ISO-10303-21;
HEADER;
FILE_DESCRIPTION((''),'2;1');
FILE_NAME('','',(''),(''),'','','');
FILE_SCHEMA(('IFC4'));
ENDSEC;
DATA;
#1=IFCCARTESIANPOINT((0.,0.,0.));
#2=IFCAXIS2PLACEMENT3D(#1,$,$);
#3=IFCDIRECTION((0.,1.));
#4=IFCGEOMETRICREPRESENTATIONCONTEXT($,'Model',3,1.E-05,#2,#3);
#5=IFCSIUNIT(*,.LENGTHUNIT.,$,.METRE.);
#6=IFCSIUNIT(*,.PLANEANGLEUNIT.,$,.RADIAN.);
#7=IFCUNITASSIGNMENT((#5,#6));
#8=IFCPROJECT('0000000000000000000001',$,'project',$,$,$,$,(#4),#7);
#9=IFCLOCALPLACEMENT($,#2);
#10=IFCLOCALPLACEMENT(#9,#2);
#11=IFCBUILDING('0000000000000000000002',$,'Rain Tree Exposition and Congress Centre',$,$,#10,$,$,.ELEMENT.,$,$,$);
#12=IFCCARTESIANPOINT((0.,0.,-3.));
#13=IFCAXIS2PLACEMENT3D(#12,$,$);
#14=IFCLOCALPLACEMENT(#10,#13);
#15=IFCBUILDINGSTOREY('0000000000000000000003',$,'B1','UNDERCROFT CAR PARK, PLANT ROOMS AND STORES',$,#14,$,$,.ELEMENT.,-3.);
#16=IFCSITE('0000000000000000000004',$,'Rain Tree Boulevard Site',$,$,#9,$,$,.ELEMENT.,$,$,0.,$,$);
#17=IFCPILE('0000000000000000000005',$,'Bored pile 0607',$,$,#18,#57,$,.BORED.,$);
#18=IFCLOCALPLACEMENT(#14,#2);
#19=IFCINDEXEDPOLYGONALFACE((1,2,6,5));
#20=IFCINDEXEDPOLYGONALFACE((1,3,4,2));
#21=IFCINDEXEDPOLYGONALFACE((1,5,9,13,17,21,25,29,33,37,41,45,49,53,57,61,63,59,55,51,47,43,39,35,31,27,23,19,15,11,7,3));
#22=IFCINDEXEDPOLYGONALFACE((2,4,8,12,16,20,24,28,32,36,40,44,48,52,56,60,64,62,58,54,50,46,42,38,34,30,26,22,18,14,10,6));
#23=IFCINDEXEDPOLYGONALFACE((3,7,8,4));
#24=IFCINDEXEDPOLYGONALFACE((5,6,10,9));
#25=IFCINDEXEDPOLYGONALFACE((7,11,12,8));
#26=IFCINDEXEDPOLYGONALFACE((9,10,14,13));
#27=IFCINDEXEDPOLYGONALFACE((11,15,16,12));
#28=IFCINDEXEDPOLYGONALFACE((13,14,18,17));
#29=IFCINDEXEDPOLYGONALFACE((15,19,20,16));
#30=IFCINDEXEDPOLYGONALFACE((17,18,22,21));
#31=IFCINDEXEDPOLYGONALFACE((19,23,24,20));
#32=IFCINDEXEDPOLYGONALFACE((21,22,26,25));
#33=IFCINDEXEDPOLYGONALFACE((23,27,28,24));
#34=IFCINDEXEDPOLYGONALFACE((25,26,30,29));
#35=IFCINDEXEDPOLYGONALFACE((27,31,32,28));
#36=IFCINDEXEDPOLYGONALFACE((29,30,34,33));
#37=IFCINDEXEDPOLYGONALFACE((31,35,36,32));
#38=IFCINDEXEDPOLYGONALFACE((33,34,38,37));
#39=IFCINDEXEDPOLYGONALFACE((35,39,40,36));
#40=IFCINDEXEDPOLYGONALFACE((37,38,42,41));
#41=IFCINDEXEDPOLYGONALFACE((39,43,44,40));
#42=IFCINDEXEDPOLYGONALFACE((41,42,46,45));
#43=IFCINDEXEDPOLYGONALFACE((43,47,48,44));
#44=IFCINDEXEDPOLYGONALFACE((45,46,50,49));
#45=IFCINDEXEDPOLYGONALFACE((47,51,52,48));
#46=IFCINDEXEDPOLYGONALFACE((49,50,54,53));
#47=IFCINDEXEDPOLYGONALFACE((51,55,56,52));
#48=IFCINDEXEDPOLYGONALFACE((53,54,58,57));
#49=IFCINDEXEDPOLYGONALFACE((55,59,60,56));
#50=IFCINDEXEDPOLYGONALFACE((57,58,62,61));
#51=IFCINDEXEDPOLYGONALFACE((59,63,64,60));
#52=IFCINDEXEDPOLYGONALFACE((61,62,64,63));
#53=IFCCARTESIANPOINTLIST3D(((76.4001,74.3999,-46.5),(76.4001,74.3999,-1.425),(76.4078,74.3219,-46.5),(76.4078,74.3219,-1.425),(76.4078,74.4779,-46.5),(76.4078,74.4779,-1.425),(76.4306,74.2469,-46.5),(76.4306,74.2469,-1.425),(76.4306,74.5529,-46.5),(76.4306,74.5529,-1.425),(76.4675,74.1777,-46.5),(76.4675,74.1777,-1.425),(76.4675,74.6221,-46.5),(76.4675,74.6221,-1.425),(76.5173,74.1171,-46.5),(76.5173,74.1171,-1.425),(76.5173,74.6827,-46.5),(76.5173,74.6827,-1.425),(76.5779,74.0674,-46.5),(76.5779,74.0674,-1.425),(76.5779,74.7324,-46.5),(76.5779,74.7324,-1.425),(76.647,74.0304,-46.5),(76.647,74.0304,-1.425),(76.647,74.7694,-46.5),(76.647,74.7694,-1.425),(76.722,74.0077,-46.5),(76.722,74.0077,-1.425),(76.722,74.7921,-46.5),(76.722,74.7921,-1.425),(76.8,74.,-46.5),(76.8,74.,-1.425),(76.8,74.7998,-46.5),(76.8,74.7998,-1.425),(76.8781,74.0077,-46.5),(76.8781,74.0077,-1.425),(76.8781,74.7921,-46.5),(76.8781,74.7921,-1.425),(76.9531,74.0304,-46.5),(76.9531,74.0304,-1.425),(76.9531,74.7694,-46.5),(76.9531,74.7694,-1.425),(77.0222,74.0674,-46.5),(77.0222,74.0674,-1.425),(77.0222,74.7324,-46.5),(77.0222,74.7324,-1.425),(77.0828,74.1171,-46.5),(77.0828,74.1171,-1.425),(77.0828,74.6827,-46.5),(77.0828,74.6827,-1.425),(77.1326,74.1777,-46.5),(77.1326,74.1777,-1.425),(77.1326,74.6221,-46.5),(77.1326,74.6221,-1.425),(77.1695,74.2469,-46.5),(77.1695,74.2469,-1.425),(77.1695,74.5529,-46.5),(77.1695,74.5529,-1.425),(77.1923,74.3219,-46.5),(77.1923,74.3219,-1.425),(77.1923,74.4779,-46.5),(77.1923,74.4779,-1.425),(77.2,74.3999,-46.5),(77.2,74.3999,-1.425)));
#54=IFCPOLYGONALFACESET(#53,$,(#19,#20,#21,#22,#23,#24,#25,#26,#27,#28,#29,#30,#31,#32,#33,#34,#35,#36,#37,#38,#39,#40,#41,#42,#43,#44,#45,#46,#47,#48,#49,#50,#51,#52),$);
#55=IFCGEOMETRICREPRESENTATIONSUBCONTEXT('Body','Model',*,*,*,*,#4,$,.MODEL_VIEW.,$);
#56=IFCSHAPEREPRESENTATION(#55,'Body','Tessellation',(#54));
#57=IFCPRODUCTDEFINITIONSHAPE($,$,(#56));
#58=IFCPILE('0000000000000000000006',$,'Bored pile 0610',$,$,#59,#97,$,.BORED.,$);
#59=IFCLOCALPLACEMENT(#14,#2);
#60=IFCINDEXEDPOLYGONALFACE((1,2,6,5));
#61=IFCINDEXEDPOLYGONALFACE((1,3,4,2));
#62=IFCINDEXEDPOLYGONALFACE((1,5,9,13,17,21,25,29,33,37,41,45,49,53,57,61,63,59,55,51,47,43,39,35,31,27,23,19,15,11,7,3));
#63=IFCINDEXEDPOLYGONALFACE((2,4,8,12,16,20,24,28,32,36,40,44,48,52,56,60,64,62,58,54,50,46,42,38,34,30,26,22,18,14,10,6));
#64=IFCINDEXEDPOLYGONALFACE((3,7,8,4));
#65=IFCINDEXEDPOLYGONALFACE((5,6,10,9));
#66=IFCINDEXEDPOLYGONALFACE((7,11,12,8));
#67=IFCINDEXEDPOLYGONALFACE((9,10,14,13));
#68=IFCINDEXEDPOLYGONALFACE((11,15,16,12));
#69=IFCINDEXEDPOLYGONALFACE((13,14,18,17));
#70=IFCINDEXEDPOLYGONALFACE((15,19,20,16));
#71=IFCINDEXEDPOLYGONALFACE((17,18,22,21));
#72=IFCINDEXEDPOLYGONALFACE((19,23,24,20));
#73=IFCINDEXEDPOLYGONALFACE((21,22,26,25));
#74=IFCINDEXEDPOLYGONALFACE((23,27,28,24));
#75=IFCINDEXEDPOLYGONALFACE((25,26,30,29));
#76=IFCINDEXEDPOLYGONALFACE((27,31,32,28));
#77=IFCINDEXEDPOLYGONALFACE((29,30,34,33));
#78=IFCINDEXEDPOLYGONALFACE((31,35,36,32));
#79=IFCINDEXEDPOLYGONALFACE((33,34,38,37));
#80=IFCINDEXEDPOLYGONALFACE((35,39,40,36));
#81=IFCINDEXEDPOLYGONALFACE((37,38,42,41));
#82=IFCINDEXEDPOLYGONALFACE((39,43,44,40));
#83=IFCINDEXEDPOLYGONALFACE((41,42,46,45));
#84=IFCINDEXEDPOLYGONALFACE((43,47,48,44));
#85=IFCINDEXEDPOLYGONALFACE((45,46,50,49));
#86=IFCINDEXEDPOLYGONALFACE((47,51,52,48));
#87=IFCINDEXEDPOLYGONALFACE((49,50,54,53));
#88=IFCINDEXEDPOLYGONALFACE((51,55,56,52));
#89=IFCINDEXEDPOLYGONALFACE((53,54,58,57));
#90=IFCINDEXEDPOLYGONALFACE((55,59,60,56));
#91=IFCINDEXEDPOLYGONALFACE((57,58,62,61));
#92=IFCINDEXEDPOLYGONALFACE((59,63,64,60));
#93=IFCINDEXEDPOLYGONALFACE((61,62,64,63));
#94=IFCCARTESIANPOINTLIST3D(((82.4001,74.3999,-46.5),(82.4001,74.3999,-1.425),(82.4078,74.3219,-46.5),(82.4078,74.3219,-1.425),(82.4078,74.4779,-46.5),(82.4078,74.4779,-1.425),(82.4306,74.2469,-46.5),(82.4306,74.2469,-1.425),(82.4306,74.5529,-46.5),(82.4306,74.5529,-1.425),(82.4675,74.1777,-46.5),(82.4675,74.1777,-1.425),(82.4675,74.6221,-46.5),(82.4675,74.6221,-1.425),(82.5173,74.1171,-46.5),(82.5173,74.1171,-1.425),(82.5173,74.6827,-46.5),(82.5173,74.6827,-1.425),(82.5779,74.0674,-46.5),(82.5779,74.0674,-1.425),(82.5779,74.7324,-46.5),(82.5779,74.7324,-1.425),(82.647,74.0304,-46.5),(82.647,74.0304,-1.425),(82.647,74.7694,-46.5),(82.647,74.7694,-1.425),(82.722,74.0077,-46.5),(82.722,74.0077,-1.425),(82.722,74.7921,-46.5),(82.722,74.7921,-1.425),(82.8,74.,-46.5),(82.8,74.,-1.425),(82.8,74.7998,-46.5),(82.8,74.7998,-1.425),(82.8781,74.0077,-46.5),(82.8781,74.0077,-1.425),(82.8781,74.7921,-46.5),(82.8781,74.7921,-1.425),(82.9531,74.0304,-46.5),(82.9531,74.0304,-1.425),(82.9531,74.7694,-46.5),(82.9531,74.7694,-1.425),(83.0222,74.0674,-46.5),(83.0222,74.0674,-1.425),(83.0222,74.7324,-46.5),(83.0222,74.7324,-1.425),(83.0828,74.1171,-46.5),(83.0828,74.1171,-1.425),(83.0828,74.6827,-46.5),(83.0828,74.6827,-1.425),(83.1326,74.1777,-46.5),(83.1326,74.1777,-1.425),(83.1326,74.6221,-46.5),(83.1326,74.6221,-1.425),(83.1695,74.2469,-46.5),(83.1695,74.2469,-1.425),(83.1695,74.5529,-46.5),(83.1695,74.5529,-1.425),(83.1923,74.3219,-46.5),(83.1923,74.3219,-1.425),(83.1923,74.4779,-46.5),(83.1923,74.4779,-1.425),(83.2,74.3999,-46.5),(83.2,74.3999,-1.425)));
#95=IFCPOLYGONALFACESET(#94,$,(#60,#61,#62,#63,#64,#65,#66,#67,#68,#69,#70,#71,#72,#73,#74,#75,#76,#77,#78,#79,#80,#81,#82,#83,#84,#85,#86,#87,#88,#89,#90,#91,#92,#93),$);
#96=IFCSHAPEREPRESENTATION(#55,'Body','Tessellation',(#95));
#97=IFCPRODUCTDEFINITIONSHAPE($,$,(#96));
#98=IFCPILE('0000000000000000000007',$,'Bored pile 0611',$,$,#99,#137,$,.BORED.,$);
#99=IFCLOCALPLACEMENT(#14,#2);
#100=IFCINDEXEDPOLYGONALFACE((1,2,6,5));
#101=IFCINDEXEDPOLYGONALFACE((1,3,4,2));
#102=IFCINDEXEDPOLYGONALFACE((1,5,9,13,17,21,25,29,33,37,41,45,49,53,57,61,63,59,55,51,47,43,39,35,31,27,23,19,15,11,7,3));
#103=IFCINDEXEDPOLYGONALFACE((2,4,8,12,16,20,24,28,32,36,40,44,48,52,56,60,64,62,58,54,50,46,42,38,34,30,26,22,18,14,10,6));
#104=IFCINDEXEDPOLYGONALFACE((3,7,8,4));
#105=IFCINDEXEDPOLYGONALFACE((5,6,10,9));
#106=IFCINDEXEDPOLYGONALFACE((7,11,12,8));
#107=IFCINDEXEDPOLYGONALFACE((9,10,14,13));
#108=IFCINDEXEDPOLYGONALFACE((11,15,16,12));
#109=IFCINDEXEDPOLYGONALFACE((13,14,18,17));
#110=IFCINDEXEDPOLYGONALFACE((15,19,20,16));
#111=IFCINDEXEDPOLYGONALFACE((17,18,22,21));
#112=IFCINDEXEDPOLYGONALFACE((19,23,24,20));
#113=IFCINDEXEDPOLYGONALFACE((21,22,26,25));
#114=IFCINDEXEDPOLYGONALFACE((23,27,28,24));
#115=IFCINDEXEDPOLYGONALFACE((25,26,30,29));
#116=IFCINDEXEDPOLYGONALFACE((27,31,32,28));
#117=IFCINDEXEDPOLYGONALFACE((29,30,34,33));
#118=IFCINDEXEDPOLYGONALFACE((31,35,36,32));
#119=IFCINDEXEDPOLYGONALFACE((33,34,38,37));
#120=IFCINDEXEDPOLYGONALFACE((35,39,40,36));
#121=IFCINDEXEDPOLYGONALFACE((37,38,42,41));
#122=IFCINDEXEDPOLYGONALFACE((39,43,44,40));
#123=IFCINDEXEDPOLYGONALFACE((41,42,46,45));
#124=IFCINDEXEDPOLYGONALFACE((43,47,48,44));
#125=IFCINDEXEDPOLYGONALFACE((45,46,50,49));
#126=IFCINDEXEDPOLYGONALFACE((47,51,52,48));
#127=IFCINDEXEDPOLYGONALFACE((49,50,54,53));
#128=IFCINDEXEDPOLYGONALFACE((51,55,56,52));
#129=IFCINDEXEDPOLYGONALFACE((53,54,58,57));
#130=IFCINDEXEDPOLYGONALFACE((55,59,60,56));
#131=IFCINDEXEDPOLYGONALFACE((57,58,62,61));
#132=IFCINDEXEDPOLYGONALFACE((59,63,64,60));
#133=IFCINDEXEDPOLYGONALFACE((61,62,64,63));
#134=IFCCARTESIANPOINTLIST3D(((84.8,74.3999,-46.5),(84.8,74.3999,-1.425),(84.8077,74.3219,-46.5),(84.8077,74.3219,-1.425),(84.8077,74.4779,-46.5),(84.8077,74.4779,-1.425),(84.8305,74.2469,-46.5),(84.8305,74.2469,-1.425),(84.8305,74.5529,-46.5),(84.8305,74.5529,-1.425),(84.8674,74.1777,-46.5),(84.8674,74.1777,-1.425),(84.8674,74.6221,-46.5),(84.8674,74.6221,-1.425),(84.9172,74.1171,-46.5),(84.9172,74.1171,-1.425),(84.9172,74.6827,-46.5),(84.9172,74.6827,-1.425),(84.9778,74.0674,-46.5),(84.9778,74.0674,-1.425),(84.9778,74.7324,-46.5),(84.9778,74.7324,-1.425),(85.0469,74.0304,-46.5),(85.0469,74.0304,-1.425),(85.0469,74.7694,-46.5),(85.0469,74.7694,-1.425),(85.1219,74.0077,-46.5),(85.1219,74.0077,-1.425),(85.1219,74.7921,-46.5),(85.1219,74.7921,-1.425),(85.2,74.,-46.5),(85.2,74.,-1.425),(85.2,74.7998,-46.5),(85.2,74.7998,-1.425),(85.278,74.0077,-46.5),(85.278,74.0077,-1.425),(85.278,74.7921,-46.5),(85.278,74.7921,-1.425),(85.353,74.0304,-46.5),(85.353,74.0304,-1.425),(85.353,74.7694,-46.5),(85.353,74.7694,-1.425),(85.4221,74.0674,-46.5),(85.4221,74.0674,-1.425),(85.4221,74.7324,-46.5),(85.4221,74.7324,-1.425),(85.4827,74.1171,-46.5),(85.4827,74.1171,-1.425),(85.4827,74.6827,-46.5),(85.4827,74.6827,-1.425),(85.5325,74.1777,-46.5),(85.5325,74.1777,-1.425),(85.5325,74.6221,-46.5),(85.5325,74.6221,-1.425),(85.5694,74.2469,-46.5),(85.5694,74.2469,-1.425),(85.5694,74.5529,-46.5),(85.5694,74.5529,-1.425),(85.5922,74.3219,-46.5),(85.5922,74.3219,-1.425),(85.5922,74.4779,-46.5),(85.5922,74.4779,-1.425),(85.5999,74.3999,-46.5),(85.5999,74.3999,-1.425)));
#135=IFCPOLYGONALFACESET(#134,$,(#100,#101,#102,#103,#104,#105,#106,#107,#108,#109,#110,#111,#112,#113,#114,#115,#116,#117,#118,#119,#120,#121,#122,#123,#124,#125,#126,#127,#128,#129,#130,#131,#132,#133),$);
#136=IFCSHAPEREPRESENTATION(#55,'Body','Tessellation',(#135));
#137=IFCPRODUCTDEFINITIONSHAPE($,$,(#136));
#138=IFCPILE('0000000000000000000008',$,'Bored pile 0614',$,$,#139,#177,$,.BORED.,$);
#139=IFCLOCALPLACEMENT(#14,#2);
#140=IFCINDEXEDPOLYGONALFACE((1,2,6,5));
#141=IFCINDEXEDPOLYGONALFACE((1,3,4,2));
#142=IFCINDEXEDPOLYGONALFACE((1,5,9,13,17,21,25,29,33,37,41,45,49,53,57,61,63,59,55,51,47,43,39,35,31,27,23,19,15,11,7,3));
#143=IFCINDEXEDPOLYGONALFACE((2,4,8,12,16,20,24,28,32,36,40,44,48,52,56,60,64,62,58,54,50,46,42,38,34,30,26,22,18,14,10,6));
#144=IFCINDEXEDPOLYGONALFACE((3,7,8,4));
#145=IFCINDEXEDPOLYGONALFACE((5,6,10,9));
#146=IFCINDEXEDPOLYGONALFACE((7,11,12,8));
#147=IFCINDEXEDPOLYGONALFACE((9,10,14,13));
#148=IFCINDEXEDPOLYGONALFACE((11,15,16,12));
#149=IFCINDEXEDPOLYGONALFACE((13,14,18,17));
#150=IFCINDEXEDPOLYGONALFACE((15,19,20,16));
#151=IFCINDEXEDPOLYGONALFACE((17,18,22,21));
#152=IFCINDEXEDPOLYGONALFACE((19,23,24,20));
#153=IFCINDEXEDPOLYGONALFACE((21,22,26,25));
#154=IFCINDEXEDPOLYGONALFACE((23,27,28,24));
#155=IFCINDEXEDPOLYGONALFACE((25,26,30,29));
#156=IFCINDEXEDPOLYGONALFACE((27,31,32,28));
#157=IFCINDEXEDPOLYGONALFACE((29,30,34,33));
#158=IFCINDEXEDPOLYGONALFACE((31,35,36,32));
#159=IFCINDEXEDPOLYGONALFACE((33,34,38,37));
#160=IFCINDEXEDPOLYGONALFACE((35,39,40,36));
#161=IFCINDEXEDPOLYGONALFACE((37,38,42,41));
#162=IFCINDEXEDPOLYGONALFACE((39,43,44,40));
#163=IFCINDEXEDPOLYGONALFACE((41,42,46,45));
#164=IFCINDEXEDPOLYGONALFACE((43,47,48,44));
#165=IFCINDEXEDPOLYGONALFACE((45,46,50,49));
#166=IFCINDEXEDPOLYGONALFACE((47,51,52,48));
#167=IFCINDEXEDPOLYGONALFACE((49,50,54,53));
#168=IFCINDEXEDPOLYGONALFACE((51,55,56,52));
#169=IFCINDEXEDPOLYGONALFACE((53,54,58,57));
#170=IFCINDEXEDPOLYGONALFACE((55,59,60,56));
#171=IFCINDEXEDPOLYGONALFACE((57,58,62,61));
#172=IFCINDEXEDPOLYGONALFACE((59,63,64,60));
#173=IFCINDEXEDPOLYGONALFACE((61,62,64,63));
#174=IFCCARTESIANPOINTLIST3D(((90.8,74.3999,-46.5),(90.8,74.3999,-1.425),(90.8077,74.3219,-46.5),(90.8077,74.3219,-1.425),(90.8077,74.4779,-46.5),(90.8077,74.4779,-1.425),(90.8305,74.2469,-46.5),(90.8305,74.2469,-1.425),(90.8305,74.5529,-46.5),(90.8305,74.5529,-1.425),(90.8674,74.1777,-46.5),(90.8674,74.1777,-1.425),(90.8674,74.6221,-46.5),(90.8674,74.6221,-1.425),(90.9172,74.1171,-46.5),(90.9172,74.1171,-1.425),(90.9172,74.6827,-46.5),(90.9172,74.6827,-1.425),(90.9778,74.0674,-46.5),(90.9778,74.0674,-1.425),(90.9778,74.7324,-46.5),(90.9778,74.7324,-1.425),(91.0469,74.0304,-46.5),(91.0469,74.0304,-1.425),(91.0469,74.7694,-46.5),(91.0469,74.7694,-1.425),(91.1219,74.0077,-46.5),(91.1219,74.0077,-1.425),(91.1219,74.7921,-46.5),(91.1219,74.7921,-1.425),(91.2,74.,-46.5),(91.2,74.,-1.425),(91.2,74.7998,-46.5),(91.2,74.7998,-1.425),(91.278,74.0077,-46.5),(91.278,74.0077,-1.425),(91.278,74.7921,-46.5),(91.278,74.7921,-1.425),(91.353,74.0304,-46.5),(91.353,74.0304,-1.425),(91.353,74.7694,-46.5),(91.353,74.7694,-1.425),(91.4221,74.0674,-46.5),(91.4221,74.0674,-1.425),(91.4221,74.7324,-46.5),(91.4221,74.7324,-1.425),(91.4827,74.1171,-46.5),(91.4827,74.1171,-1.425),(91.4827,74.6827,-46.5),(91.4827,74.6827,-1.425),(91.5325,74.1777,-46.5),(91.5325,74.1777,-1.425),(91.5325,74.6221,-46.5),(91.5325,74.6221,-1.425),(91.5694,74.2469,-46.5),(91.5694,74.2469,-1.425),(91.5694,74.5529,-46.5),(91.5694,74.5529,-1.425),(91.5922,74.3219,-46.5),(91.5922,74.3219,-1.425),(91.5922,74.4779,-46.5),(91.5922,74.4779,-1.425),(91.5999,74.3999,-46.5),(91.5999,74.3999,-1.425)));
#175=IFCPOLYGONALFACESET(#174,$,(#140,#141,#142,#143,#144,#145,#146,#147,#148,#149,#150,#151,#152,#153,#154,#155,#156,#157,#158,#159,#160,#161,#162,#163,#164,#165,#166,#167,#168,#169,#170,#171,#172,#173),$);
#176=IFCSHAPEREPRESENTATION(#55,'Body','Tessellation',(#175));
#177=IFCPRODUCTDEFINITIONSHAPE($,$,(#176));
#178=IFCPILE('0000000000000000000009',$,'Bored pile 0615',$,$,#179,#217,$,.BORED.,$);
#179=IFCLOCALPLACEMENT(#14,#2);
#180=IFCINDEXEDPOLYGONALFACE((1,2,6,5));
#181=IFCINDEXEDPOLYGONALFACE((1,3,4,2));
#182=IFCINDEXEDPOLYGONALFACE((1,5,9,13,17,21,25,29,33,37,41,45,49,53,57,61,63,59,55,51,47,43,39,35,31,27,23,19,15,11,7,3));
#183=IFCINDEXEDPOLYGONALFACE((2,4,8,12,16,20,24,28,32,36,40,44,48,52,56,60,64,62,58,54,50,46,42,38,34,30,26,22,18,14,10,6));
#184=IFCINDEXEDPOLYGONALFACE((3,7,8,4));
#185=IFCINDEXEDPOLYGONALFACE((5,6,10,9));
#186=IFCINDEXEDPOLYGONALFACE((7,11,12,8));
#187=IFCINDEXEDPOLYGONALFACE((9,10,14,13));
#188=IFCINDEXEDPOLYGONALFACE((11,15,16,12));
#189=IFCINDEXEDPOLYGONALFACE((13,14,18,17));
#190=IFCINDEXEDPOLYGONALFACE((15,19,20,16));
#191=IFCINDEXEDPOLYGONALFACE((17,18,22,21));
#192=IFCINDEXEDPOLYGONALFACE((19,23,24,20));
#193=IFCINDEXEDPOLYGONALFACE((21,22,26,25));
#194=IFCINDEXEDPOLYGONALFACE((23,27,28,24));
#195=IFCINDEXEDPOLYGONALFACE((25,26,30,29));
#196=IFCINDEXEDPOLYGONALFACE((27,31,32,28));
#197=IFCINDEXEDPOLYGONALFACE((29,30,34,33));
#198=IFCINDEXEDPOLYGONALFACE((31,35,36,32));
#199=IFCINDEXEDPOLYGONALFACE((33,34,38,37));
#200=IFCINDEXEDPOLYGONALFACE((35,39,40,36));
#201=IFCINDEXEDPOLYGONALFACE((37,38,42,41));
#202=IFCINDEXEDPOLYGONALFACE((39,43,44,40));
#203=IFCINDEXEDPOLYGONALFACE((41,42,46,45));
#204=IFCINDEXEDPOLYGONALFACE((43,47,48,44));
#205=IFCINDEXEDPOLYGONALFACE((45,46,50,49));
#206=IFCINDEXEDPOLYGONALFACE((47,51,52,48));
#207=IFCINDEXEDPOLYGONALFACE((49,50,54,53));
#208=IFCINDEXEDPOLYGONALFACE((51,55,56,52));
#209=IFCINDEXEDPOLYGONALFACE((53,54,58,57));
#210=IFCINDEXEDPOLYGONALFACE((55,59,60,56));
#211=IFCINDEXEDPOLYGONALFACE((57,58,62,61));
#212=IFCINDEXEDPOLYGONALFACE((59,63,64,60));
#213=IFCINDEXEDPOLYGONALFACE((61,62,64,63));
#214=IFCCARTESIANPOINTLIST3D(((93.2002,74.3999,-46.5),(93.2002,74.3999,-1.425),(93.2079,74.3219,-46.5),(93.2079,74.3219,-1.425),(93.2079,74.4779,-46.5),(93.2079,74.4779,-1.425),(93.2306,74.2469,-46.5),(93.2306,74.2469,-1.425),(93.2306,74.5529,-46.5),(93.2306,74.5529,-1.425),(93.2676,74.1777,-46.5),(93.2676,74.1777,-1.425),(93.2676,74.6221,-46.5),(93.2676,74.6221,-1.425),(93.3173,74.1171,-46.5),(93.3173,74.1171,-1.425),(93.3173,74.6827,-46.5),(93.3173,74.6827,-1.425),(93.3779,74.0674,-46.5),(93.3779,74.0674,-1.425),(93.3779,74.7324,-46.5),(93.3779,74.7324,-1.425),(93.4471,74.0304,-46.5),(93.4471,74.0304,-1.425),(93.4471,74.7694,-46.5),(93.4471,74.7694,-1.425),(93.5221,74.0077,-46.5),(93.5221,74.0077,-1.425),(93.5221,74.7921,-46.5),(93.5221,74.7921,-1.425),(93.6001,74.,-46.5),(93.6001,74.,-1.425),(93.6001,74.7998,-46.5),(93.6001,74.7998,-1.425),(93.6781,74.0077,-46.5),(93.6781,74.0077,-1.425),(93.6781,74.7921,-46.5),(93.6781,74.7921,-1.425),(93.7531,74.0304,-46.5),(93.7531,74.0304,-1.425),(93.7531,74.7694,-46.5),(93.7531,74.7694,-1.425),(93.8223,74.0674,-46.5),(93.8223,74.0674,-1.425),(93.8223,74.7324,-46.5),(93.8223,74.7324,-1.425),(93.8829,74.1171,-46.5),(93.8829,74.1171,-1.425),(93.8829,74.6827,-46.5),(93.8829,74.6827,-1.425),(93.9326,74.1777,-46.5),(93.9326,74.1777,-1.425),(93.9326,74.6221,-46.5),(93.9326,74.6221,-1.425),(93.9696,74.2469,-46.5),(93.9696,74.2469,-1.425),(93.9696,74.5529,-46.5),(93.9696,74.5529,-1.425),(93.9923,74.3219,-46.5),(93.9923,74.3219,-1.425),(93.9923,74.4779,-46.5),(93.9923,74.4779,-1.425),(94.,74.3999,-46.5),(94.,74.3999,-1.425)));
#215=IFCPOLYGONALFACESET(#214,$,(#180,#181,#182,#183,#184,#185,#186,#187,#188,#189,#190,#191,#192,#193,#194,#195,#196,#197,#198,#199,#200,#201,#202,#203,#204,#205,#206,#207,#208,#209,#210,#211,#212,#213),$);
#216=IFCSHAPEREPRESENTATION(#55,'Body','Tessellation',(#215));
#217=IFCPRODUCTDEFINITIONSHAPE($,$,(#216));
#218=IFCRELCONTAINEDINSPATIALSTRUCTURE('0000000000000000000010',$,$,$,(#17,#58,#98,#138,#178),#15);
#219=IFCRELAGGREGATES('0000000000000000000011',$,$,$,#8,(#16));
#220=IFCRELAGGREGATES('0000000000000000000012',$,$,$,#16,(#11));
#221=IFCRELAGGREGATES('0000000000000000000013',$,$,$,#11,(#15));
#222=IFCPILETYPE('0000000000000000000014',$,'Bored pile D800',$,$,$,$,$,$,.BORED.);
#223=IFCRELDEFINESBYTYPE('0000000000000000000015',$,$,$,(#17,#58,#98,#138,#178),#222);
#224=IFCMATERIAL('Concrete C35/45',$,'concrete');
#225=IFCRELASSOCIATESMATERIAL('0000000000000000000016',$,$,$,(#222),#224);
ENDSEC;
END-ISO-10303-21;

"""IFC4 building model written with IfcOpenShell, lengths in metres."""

from ifc_helpers import new_model, si_unit, direction, frame, origin, origin_2d, place, context, subcontext, project, spatial, circle, extrude, material, material_profile, profile_set, type_object, element, save


model = new_model("IFC4")

# Units and contexts
model_context = context("Model", 3, precision=1e-05, world=origin(), true_north=direction((0.0, 1.0)))
body_context = subcontext(model_context, "Body", "Model", "MODEL_VIEW")
ifc_project = project(units=[si_unit("LENGTHUNIT", "METRE"), si_unit("PLANEANGLEUNIT", "RADIAN")], contexts=[model_context])

# Site, building, storey
site_placement = place(None, origin())
site = spatial("IfcSite", under=ifc_project, at=site_placement, Name="Rain Tree Boulevard Site", CompositionType="ELEMENT", RefElevation=0.0)
building_placement = place(site_placement, origin())
building = spatial("IfcBuilding", under=site, at=building_placement, Name="Rain Tree Exposition and Congress Centre", CompositionType="ELEMENT")
storey_placement = place(building_placement, frame((0.0, 0.0, -3.0)))
storey = spatial("IfcBuildingStorey", under=building, at=storey_placement, Name="B1", Description="UNDERCROFT CAR PARK, PLANT ROOMS AND STORES", CompositionType="ELEMENT", Elevation=-3.0)

# Piles
ifc_material_1 = material(Name="Concrete C35/45", Category="concrete")
ifc_material_profile_1 = material_profile(ifc_material_1, circle(Radius=0.3999, at=origin_2d()), Name="D800")
ifc_profile_set_1 = profile_set([ifc_material_profile_1], Name="Concrete C35/45")
pile_type_1 = type_object("IfcPileType", Name="Bored pile D800", PredefinedType="BORED", material=ifc_profile_set_1)
for number, where, z_axis, x_axis, name in (
    (1, (76.8, 74.3999, -1.425), (0.0, 0.0, -1.0), (1.0, 0.0, 0.0), "Bored pile 0607"),
    (2, (82.8, 74.3999, -1.425), (0.0, 0.0, -1.0), (1.0, 0.0, 0.0), "Bored pile 0610"),
    (3, (85.2, 74.3999, -1.425), (0.0, 0.0, -1.0), (1.0, 0.0, 0.0), "Bored pile 0611"),
    (4, (91.2, 74.3999, -1.425), (0.0, 0.0, -1.0), (1.0, 0.0, 0.0), "Bored pile 0614"),
    (5, (93.6001, 74.3999, -1.425), (0.0, 0.0, -1.0), (1.0, 0.0, 0.0), "Bored pile 0615"),
):
    element("IfcPile", number, at=place(storey_placement, frame(where, z_axis=z_axis, x_axis=x_axis)), inside=storey, type_object=pile_type_1, Name=name, PredefinedType="BORED", context=body_context, shape_type="SweptSolid", body=[
        extrude(circle(Radius=0.3999, at=origin_2d()), origin(), (0.0, 0.0, 1.0), 45.075),
    ])

save(model, "model.ifc")
